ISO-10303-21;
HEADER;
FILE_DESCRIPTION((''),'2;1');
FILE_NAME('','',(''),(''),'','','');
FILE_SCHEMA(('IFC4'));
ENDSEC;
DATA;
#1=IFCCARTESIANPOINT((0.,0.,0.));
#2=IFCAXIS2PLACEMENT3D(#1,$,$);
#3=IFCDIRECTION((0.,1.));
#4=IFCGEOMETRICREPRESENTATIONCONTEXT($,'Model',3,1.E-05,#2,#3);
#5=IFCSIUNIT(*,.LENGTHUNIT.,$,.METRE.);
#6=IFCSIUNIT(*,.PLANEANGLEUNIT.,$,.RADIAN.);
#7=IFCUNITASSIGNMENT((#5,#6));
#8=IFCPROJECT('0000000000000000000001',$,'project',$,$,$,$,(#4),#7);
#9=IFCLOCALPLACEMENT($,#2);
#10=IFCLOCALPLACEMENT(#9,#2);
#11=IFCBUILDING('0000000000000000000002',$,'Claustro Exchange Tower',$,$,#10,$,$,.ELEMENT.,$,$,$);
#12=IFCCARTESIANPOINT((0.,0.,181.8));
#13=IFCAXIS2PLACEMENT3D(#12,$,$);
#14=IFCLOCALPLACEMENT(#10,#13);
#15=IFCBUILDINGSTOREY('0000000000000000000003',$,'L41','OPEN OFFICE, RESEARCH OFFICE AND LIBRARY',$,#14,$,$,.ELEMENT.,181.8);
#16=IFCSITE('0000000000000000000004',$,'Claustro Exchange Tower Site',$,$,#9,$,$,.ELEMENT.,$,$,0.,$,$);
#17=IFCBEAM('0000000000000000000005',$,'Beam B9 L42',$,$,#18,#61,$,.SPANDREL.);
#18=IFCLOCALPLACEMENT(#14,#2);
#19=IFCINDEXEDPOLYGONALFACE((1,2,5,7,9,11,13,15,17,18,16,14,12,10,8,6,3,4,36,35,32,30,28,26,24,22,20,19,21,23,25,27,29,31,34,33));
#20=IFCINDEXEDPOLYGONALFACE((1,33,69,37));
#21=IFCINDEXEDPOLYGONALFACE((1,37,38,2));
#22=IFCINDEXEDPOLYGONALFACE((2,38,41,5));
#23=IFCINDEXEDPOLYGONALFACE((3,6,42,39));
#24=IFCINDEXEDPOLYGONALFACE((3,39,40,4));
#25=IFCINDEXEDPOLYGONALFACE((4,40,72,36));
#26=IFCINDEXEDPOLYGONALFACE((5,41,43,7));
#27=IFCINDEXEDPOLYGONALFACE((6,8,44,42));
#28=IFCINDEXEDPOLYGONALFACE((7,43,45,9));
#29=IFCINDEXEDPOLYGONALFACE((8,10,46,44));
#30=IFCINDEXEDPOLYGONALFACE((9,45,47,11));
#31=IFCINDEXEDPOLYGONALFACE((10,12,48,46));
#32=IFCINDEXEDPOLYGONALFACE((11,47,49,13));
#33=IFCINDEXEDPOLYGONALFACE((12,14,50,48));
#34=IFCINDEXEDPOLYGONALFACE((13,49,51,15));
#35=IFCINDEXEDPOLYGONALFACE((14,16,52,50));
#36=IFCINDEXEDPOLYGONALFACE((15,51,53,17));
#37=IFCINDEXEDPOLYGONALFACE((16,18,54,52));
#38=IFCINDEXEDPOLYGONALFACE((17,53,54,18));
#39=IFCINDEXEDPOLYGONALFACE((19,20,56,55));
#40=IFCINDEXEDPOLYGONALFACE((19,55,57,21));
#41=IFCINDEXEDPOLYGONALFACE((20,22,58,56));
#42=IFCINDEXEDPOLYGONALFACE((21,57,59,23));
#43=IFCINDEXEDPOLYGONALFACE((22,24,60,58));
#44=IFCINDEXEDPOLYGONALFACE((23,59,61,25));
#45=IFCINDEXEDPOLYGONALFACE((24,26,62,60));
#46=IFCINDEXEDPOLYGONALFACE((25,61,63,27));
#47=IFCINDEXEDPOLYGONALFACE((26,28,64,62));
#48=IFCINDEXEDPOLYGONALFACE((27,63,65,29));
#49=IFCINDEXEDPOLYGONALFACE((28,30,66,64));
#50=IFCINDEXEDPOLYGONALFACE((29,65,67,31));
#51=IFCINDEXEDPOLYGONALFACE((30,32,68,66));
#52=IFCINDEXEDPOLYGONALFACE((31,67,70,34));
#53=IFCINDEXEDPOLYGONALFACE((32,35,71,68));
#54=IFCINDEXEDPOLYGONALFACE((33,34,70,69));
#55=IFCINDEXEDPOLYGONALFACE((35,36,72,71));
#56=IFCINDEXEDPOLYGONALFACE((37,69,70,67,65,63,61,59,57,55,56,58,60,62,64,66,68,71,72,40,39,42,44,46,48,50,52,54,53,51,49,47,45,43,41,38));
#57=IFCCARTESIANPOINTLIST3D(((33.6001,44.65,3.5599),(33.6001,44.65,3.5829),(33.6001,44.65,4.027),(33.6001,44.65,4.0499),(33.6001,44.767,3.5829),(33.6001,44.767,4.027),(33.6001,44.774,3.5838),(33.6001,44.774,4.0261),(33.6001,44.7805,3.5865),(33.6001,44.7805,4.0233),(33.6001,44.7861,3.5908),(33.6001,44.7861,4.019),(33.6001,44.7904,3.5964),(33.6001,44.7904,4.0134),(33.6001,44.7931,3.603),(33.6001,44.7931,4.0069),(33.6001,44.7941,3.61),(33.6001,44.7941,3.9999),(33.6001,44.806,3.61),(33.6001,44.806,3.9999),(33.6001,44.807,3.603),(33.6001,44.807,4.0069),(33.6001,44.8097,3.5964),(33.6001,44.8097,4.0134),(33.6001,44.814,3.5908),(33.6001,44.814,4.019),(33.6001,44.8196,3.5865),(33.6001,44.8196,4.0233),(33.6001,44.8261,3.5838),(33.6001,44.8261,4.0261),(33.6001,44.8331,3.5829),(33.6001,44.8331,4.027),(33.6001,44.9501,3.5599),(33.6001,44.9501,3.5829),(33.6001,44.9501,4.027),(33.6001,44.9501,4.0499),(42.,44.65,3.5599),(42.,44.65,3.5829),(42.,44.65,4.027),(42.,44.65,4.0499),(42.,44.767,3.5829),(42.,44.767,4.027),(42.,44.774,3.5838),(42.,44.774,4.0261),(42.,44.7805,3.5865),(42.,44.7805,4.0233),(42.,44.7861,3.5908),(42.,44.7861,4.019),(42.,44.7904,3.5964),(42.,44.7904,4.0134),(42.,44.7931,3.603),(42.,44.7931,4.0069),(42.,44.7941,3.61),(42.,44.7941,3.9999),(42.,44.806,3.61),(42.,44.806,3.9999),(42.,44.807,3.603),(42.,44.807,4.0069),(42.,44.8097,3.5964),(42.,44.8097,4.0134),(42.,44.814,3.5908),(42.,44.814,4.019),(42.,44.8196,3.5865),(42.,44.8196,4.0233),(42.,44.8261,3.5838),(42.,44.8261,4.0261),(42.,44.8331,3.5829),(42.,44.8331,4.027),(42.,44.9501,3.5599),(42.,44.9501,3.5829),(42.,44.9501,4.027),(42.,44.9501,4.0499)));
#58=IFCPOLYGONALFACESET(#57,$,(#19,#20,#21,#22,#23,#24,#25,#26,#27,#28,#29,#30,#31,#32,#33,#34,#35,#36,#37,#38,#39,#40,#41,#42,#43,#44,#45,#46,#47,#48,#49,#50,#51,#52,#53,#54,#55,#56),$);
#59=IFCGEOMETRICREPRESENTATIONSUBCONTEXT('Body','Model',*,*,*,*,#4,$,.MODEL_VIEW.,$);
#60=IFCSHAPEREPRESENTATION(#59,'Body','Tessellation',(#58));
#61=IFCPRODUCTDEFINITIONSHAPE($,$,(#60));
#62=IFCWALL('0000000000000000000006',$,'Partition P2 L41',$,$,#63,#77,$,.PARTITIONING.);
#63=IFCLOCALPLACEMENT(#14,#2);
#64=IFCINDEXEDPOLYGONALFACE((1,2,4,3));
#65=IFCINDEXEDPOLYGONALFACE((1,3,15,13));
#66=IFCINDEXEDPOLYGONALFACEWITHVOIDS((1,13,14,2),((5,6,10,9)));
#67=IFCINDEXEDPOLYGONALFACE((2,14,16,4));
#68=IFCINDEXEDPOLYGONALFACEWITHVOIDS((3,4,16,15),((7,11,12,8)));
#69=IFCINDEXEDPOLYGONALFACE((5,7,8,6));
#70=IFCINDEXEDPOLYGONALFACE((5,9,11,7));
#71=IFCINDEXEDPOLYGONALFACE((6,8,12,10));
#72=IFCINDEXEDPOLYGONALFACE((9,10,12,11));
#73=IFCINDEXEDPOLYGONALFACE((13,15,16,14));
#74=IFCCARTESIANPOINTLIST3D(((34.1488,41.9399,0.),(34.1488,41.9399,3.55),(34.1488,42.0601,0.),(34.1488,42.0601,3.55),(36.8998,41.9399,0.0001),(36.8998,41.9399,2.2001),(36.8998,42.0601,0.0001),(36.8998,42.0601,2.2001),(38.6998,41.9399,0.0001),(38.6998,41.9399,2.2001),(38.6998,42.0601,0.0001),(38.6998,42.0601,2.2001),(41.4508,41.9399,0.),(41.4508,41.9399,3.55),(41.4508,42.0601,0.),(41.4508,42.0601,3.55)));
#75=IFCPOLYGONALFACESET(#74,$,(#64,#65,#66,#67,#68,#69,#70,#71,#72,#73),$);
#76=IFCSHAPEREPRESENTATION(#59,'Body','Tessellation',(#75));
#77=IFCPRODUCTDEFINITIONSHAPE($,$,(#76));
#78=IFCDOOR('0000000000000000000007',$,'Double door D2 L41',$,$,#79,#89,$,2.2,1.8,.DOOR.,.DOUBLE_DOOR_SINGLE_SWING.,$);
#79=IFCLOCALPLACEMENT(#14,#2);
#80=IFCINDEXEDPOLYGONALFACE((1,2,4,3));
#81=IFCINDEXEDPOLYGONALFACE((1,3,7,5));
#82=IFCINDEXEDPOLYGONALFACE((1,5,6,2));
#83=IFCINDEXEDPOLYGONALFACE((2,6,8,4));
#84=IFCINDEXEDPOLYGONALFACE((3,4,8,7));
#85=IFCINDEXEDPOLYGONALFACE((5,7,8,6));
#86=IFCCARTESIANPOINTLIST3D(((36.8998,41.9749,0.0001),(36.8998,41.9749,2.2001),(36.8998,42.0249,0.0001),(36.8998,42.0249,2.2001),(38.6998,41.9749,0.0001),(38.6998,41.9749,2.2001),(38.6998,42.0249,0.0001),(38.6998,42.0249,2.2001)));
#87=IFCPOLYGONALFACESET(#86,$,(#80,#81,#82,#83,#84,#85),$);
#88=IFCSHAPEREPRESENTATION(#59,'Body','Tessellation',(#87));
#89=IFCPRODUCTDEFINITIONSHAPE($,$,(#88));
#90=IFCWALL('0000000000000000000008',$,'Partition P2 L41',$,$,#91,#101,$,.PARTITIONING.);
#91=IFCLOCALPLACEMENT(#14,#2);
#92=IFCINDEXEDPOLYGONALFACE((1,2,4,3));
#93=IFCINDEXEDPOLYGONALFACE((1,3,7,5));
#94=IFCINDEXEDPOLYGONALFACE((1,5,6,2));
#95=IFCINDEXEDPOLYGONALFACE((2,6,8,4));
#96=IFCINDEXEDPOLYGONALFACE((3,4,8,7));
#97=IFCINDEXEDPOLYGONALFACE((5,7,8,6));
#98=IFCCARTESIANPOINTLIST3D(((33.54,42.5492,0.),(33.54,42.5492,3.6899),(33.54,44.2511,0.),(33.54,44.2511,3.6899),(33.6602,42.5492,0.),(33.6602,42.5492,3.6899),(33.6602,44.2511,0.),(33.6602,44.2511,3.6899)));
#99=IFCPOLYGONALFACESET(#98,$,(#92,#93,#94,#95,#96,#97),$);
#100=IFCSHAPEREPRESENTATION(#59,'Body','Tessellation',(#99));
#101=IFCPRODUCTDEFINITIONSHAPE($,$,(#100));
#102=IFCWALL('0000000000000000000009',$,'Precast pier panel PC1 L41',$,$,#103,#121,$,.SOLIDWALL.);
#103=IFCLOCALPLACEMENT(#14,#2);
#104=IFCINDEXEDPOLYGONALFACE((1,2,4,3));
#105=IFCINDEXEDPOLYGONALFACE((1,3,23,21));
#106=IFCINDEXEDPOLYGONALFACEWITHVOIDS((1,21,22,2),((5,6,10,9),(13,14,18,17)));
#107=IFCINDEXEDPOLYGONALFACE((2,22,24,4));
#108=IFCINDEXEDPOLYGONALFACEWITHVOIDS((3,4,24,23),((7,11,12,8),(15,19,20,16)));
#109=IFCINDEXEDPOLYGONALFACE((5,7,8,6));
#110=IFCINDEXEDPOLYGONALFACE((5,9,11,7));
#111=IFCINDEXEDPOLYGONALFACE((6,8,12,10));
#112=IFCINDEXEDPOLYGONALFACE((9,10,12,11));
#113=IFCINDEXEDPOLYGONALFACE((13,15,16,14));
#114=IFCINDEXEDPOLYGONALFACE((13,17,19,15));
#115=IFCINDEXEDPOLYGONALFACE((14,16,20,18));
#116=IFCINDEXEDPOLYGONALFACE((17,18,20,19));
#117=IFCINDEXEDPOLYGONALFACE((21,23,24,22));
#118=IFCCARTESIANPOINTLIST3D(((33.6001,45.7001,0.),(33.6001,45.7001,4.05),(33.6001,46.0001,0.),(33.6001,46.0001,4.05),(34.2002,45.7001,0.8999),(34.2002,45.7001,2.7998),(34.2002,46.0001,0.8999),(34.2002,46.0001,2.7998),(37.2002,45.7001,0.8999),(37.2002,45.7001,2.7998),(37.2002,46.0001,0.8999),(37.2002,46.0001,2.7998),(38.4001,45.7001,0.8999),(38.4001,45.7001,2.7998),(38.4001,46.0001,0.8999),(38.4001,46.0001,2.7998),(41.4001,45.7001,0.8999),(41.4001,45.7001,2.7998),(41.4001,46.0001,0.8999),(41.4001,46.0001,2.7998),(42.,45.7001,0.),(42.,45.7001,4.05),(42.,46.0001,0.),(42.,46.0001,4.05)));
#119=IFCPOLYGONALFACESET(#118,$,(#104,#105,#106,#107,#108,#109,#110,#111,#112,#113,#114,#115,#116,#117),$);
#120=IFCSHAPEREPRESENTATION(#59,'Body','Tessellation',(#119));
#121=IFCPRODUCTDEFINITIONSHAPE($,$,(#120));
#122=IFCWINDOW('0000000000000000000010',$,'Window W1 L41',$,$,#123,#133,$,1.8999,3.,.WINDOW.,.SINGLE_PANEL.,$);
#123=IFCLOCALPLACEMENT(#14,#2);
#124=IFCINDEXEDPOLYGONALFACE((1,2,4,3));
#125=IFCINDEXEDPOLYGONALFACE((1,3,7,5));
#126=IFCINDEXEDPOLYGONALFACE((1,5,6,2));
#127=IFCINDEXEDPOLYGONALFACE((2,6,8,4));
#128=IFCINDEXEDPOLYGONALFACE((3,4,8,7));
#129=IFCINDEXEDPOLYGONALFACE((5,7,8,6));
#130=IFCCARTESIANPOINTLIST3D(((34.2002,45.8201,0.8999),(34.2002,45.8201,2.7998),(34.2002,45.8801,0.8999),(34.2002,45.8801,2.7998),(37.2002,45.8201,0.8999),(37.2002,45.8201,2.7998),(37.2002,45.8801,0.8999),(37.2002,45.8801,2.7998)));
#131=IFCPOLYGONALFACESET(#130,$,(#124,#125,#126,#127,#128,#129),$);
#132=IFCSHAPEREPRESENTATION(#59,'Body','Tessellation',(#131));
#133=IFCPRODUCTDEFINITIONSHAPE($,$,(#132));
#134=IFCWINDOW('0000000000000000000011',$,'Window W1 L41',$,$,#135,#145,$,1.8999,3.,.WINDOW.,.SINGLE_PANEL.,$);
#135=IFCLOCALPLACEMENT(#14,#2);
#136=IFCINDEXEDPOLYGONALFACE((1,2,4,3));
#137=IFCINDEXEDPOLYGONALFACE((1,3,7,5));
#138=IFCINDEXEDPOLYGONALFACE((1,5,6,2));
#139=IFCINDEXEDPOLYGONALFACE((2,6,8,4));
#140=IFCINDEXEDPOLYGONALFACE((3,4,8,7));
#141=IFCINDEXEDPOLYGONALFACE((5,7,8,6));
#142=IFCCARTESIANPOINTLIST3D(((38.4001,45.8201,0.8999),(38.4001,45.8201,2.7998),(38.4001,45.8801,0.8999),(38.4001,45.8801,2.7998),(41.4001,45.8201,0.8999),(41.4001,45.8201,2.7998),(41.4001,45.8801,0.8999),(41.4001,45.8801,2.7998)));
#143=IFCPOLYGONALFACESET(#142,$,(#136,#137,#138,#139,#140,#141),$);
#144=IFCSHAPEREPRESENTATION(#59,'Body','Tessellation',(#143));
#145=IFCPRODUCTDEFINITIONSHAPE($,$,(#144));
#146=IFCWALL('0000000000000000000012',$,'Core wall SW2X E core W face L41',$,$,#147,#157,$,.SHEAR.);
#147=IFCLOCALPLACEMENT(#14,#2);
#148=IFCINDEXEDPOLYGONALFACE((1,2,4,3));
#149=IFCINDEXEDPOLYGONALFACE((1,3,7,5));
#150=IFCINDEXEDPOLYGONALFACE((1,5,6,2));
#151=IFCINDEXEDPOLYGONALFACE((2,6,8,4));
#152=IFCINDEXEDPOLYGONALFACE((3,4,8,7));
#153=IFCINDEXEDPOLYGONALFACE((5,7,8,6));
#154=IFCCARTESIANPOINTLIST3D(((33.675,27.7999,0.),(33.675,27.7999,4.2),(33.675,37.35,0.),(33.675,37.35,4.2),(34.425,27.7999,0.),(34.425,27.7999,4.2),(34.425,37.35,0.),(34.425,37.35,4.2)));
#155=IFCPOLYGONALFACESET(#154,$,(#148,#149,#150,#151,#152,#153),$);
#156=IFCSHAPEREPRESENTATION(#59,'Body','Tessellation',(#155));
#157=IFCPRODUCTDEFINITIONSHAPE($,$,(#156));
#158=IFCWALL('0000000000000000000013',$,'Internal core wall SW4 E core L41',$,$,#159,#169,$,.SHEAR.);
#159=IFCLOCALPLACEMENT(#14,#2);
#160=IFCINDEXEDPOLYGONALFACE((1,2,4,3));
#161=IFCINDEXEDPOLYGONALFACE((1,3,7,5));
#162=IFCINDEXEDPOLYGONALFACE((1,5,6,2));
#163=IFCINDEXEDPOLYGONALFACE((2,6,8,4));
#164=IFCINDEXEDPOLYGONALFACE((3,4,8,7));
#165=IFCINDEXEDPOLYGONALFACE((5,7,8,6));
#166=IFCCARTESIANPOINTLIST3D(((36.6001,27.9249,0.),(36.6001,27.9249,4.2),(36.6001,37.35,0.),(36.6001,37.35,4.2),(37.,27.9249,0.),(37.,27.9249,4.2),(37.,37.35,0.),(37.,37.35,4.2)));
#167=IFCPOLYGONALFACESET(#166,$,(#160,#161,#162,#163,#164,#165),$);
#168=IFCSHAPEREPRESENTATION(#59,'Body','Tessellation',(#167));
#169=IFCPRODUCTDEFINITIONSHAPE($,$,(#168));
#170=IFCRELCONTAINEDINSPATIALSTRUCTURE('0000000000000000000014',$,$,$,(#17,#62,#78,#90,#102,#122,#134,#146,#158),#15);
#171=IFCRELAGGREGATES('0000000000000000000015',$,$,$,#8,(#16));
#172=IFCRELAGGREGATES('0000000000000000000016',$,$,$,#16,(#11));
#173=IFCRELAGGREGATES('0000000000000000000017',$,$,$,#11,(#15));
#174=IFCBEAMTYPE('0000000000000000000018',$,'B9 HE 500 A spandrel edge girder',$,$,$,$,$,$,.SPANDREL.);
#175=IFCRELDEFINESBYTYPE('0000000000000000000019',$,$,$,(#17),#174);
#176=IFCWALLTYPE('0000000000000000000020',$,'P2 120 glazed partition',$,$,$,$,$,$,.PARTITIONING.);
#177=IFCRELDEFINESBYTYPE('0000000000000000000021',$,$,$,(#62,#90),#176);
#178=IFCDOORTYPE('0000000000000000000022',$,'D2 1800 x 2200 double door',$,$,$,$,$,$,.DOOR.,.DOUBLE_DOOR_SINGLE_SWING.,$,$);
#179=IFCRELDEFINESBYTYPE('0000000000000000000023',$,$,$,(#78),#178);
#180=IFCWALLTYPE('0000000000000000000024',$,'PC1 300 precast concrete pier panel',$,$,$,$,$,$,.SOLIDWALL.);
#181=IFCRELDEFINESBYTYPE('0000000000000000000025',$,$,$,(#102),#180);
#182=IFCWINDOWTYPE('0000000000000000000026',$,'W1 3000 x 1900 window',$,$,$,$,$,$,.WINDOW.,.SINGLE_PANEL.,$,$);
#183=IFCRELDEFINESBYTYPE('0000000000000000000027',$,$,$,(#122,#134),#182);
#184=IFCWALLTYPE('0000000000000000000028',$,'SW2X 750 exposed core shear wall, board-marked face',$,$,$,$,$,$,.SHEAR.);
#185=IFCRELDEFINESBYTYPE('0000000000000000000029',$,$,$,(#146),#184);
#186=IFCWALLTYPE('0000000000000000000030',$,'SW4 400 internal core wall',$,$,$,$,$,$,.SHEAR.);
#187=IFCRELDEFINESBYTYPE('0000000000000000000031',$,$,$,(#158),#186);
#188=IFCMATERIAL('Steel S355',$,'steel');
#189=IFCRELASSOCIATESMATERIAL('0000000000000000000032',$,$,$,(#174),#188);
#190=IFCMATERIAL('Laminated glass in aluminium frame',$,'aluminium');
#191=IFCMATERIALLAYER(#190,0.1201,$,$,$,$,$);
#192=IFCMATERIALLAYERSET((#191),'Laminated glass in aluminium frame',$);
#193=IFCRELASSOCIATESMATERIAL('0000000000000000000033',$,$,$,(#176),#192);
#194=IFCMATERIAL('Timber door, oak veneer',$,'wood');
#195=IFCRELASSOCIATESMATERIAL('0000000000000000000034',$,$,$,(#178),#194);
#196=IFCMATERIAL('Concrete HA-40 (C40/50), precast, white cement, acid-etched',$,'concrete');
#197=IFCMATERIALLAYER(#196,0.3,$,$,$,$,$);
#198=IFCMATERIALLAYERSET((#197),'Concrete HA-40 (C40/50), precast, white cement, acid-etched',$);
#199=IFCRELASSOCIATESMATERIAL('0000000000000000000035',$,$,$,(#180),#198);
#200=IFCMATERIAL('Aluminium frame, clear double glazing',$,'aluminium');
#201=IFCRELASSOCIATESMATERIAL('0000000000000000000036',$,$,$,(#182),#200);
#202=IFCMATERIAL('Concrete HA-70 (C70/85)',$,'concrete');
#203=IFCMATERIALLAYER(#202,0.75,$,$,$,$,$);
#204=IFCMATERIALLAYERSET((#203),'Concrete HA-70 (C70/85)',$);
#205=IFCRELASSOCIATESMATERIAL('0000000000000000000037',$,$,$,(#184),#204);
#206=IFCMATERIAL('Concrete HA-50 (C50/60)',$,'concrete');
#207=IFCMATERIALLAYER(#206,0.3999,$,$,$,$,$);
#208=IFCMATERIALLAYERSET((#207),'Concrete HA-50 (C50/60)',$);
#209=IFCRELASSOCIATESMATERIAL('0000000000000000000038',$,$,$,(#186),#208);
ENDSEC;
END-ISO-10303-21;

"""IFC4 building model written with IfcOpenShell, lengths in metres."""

from ifc_helpers import new_model, si_unit, direction, frame, frame_2d, origin, origin_2d, place, context, subcontext, project, spatial, rectangle, i_section, extrude, material, layer, layer_set, material_profile, profile_set, type_object, element, fill, save


model = new_model("IFC4")

# Units and contexts
model_context = context("Model", 3, precision=1e-05, world=origin(), true_north=direction((0.0, 1.0)))
body_context = subcontext(model_context, "Body", "Model", "MODEL_VIEW")
ifc_project = project(units=[si_unit("LENGTHUNIT", "METRE"), si_unit("PLANEANGLEUNIT", "RADIAN")], contexts=[model_context])

# Site, building, storey
site_placement = place(None, origin())
site = spatial("IfcSite", under=ifc_project, at=site_placement, Name="Claustro Exchange Tower Site", CompositionType="ELEMENT", RefElevation=0.0)
building_placement = place(site_placement, origin())
building = spatial("IfcBuilding", under=site, at=building_placement, Name="Claustro Exchange Tower", CompositionType="ELEMENT")
storey_placement = place(building_placement, frame((0.0, 0.0, 181.8)))
storey = spatial("IfcBuildingStorey", under=building, at=storey_placement, Name="L41", Description="OPEN OFFICE, RESEARCH OFFICE AND LIBRARY", CompositionType="ELEMENT", Elevation=181.8)

# Beam
ifc_material_1 = material(Name="Steel S355", Category="steel")
ifc_material_profile_1 = material_profile(ifc_material_1, i_section(OverallWidth=0.3, OverallDepth=0.49, WebThickness=0.012, FlangeThickness=0.0229, FilletRadius=0.0271, at=origin_2d()), Name="HE 500 A")
ifc_profile_set_1 = profile_set([ifc_material_profile_1], Name="Steel S355")
beam_type_1 = type_object("IfcBeamType", Name="B9 HE 500 A spandrel edge girder", PredefinedType="SPANDREL", material=ifc_profile_set_1)
beam_1_placement = place(storey_placement, frame((33.6001, 44.8, 3.8049), z_axis=(1.0, 0.0, 0.0), x_axis=(0.0, 1.0, 0.0)))
element("IfcBeam", 1, at=beam_1_placement, inside=storey, type_object=beam_type_1, Name="Beam B9 L42", PredefinedType="SPANDREL", context=body_context, shape_type="SweptSolid", body=[
    extrude(i_section(OverallWidth=0.3, OverallDepth=0.49, WebThickness=0.012, FlangeThickness=0.0229, FilletRadius=0.0271, at=origin_2d()), origin(), (0.0, 0.0, 1.0), 8.3999),
])

# Wall, opening, door
ifc_material_2 = material(Name="Laminated glass in aluminium frame", Category="aluminium")
ifc_layer_1 = layer(ifc_material_2, 0.1201)
ifc_layer_set_1 = layer_set([ifc_layer_1], Name="Laminated glass in aluminium frame")
wall_type_1 = type_object("IfcWallType", Name="P2 120 glazed partition", PredefinedType="PARTITIONING", material=ifc_layer_set_1)
wall_1_placement = place(storey_placement, frame((34.1489, 42.0, 0.0), z_axis=(0.0, 0.0, 1.0), x_axis=(1.0, 0.0, 0.0)))
wall_1 = element("IfcWall", 2, at=wall_1_placement, inside=storey, type_object=wall_type_1, Name="Partition P2 L41", PredefinedType="PARTITIONING", context=body_context, shape_type="SweptSolid", body=[
    extrude(rectangle(XDim=7.302, YDim=0.1201, at=frame_2d((3.6509, 0.0))), origin(), (0.0, 0.0, 1.0), 3.55),
])
opening_1_placement = place(wall_1_placement, frame((2.751, 0.0, 0.0)))
opening_1 = element("IfcOpeningElement", 3, at=opening_1_placement, cuts=wall_1, PredefinedType="OPENING", context=body_context, shape_type="SweptSolid", body=[
    extrude(rectangle(XDim=1.8, YDim=2.2, at=frame_2d((0.8999, 1.1001))), frame((0.0, 0.0701, 0.0), z_axis=(0.0, -1.0, 0.0), x_axis=(1.0, 0.0, 0.0)), (0.0, 0.0, 1.0), 0.1401),
])
ifc_material_3 = material(Name="Timber door, oak veneer", Category="wood")
door_type_1 = type_object("IfcDoorType", Name="D2 1800 x 2200 double door", OperationType="DOUBLE_DOOR_SINGLE_SWING", PredefinedType="DOOR", material=ifc_material_3)
door_1_placement = place(opening_1_placement, origin())
door_1 = element("IfcDoor", 4, at=door_1_placement, inside=storey, type_object=door_type_1, Name="Double door D2 L41", OperationType="DOUBLE_DOOR_SINGLE_SWING", OverallHeight=2.2, OverallWidth=1.8, PredefinedType="DOOR", context=body_context, shape_type="SweptSolid", body=[
    extrude(rectangle(XDim=1.8, YDim=2.2, at=frame_2d((0.8999, 1.1001))), frame((0.0, 0.0249, 0.0), z_axis=(0.0, -1.0, 0.0), x_axis=(1.0, 0.0, 0.0)), (0.0, 0.0, 1.0), 0.05),
])
fill(opening_1, door_1)

# Wall
wall_2_placement = place(storey_placement, frame((33.6001, 42.5491, 0.0), z_axis=(0.0, 0.0, 1.0), x_axis=(0.0, 1.0, 0.0)))
element("IfcWall", 5, at=wall_2_placement, inside=storey, type_object=wall_type_1, Name="Partition P2 L41", PredefinedType="PARTITIONING", context=body_context, shape_type="SweptSolid", body=[
    extrude(rectangle(XDim=1.7019, YDim=0.1201, at=frame_2d((0.8511, 0.0))), origin(), (0.0, 0.0, 1.0), 3.6899),
])

# Wall, openings, windows
ifc_material_4 = material(Name="Concrete HA-40 (C40/50), precast, white cement, acid-etched", Category="concrete")
ifc_layer_2 = layer(ifc_material_4, 0.3)
ifc_layer_set_2 = layer_set([ifc_layer_2], Name="Concrete HA-40 (C40/50), precast, white cement, acid-etched")
wall_type_2 = type_object("IfcWallType", Name="PC1 300 precast concrete pier panel", PredefinedType="SOLIDWALL", material=ifc_layer_set_2)
wall_3_placement = place(storey_placement, frame((33.6001, 45.8501, 0.0), z_axis=(0.0, 0.0, 1.0), x_axis=(1.0, 0.0, 0.0)))
wall_3 = element("IfcWall", 6, at=wall_3_placement, inside=storey, type_object=wall_type_2, Name="Precast pier panel PC1 L41", PredefinedType="SOLIDWALL", context=body_context, shape_type="SweptSolid", body=[
    extrude(rectangle(XDim=8.3999, YDim=0.3, at=frame_2d((4.2, 0.0))), origin(), (0.0, 0.0, 1.0), 4.05),
])
opening_2_placement = place(wall_3_placement, frame((0.6001, 0.0, 0.8999)))
opening_2 = element("IfcOpeningElement", 7, at=opening_2_placement, cuts=wall_3, PredefinedType="OPENING", context=body_context, shape_type="SweptSolid", body=[
    extrude(rectangle(XDim=3.0, YDim=1.8999, at=frame_2d((1.5, 0.95))), frame((0.0, 0.1599, 0.0), z_axis=(0.0, -1.0, 0.0), x_axis=(1.0, 0.0, 0.0)), (0.0, 0.0, 1.0), 0.3201),
])
opening_3_placement = place(wall_3_placement, frame((4.8, 0.0, 0.8999)))
opening_3 = element("IfcOpeningElement", 8, at=opening_3_placement, cuts=wall_3, PredefinedType="OPENING", context=body_context, shape_type="SweptSolid", body=[
    extrude(rectangle(XDim=3.0, YDim=1.8999, at=frame_2d((1.5, 0.95))), frame((0.0, 0.1599, 0.0), z_axis=(0.0, -1.0, 0.0), x_axis=(1.0, 0.0, 0.0)), (0.0, 0.0, 1.0), 0.3201),
])
ifc_material_5 = material(Name="Aluminium frame, clear double glazing", Category="aluminium")
window_type = type_object("IfcWindowType", Name="W1 3000 x 1900 window", PartitioningType="SINGLE_PANEL", PredefinedType="WINDOW", material=ifc_material_5)
window_1_placement = place(opening_2_placement, origin())
window_1 = element("IfcWindow", 9, at=window_1_placement, inside=storey, type_object=window_type, Name="Window W1 L41", OverallHeight=1.8999, OverallWidth=3.0, PartitioningType="SINGLE_PANEL", PredefinedType="WINDOW", context=body_context, shape_type="SweptSolid", body=[
    extrude(rectangle(XDim=3.0, YDim=1.8999, at=frame_2d((1.5, 0.95))), frame((0.0, 0.03, 0.0), z_axis=(0.0, -1.0, 0.0), x_axis=(1.0, 0.0, 0.0)), (0.0, 0.0, 1.0), 0.0601),
])
fill(opening_2, window_1)
window_2_placement = place(opening_3_placement, origin())
window_2 = element("IfcWindow", 10, at=window_2_placement, inside=storey, type_object=window_type, Name="Window W1 L41", OverallHeight=1.8999, OverallWidth=3.0, PartitioningType="SINGLE_PANEL", PredefinedType="WINDOW", context=body_context, shape_type="SweptSolid", body=[
    extrude(rectangle(XDim=3.0, YDim=1.8999, at=frame_2d((1.5, 0.95))), frame((0.0, 0.03, 0.0), z_axis=(0.0, -1.0, 0.0), x_axis=(1.0, 0.0, 0.0)), (0.0, 0.0, 1.0), 0.0601),
])
fill(opening_3, window_2)

# Walls
ifc_material_6 = material(Name="Concrete HA-70 (C70/85)", Category="concrete")
ifc_layer_3 = layer(ifc_material_6, 0.75)
ifc_layer_set_3 = layer_set([ifc_layer_3], Name="Concrete HA-70 (C70/85)")
wall_type_3 = type_object("IfcWallType", Name="SW2X 750 exposed core shear wall, board-marked face", PredefinedType="SHEAR", material=ifc_layer_set_3)
wall_4_placement = place(storey_placement, frame((34.05, 27.8, 0.0), z_axis=(0.0, 0.0, 1.0), x_axis=(0.0, 1.0, 0.0)))
element("IfcWall", 11, at=wall_4_placement, inside=storey, type_object=wall_type_3, Name="Core wall SW2X E core W face L41", PredefinedType="SHEAR", context=body_context, shape_type="SweptSolid", body=[
    extrude(rectangle(XDim=9.55, YDim=0.75, at=frame_2d((4.7749, 0.0))), origin(), (0.0, 0.0, 1.0), 4.2),
])
ifc_material_7 = material(Name="Concrete HA-50 (C50/60)", Category="concrete")
ifc_layer_4 = layer(ifc_material_7, 0.3999)
ifc_layer_set_4 = layer_set([ifc_layer_4], Name="Concrete HA-50 (C50/60)")
wall_type_4 = type_object("IfcWallType", Name="SW4 400 internal core wall", PredefinedType="SHEAR", material=ifc_layer_set_4)
wall_5_placement = place(storey_placement, frame((36.8, 27.925, 0.0), z_axis=(0.0, 0.0, 1.0), x_axis=(0.0, 1.0, 0.0)))
element("IfcWall", 12, at=wall_5_placement, inside=storey, type_object=wall_type_4, Name="Internal core wall SW4 E core L41", PredefinedType="SHEAR", context=body_context, shape_type="SweptSolid", body=[
    extrude(rectangle(XDim=9.425, YDim=0.3999, at=frame_2d((4.7124, 0.0))), origin(), (0.0, 0.0, 1.0), 4.2),
])

save(model, "model.ifc")
